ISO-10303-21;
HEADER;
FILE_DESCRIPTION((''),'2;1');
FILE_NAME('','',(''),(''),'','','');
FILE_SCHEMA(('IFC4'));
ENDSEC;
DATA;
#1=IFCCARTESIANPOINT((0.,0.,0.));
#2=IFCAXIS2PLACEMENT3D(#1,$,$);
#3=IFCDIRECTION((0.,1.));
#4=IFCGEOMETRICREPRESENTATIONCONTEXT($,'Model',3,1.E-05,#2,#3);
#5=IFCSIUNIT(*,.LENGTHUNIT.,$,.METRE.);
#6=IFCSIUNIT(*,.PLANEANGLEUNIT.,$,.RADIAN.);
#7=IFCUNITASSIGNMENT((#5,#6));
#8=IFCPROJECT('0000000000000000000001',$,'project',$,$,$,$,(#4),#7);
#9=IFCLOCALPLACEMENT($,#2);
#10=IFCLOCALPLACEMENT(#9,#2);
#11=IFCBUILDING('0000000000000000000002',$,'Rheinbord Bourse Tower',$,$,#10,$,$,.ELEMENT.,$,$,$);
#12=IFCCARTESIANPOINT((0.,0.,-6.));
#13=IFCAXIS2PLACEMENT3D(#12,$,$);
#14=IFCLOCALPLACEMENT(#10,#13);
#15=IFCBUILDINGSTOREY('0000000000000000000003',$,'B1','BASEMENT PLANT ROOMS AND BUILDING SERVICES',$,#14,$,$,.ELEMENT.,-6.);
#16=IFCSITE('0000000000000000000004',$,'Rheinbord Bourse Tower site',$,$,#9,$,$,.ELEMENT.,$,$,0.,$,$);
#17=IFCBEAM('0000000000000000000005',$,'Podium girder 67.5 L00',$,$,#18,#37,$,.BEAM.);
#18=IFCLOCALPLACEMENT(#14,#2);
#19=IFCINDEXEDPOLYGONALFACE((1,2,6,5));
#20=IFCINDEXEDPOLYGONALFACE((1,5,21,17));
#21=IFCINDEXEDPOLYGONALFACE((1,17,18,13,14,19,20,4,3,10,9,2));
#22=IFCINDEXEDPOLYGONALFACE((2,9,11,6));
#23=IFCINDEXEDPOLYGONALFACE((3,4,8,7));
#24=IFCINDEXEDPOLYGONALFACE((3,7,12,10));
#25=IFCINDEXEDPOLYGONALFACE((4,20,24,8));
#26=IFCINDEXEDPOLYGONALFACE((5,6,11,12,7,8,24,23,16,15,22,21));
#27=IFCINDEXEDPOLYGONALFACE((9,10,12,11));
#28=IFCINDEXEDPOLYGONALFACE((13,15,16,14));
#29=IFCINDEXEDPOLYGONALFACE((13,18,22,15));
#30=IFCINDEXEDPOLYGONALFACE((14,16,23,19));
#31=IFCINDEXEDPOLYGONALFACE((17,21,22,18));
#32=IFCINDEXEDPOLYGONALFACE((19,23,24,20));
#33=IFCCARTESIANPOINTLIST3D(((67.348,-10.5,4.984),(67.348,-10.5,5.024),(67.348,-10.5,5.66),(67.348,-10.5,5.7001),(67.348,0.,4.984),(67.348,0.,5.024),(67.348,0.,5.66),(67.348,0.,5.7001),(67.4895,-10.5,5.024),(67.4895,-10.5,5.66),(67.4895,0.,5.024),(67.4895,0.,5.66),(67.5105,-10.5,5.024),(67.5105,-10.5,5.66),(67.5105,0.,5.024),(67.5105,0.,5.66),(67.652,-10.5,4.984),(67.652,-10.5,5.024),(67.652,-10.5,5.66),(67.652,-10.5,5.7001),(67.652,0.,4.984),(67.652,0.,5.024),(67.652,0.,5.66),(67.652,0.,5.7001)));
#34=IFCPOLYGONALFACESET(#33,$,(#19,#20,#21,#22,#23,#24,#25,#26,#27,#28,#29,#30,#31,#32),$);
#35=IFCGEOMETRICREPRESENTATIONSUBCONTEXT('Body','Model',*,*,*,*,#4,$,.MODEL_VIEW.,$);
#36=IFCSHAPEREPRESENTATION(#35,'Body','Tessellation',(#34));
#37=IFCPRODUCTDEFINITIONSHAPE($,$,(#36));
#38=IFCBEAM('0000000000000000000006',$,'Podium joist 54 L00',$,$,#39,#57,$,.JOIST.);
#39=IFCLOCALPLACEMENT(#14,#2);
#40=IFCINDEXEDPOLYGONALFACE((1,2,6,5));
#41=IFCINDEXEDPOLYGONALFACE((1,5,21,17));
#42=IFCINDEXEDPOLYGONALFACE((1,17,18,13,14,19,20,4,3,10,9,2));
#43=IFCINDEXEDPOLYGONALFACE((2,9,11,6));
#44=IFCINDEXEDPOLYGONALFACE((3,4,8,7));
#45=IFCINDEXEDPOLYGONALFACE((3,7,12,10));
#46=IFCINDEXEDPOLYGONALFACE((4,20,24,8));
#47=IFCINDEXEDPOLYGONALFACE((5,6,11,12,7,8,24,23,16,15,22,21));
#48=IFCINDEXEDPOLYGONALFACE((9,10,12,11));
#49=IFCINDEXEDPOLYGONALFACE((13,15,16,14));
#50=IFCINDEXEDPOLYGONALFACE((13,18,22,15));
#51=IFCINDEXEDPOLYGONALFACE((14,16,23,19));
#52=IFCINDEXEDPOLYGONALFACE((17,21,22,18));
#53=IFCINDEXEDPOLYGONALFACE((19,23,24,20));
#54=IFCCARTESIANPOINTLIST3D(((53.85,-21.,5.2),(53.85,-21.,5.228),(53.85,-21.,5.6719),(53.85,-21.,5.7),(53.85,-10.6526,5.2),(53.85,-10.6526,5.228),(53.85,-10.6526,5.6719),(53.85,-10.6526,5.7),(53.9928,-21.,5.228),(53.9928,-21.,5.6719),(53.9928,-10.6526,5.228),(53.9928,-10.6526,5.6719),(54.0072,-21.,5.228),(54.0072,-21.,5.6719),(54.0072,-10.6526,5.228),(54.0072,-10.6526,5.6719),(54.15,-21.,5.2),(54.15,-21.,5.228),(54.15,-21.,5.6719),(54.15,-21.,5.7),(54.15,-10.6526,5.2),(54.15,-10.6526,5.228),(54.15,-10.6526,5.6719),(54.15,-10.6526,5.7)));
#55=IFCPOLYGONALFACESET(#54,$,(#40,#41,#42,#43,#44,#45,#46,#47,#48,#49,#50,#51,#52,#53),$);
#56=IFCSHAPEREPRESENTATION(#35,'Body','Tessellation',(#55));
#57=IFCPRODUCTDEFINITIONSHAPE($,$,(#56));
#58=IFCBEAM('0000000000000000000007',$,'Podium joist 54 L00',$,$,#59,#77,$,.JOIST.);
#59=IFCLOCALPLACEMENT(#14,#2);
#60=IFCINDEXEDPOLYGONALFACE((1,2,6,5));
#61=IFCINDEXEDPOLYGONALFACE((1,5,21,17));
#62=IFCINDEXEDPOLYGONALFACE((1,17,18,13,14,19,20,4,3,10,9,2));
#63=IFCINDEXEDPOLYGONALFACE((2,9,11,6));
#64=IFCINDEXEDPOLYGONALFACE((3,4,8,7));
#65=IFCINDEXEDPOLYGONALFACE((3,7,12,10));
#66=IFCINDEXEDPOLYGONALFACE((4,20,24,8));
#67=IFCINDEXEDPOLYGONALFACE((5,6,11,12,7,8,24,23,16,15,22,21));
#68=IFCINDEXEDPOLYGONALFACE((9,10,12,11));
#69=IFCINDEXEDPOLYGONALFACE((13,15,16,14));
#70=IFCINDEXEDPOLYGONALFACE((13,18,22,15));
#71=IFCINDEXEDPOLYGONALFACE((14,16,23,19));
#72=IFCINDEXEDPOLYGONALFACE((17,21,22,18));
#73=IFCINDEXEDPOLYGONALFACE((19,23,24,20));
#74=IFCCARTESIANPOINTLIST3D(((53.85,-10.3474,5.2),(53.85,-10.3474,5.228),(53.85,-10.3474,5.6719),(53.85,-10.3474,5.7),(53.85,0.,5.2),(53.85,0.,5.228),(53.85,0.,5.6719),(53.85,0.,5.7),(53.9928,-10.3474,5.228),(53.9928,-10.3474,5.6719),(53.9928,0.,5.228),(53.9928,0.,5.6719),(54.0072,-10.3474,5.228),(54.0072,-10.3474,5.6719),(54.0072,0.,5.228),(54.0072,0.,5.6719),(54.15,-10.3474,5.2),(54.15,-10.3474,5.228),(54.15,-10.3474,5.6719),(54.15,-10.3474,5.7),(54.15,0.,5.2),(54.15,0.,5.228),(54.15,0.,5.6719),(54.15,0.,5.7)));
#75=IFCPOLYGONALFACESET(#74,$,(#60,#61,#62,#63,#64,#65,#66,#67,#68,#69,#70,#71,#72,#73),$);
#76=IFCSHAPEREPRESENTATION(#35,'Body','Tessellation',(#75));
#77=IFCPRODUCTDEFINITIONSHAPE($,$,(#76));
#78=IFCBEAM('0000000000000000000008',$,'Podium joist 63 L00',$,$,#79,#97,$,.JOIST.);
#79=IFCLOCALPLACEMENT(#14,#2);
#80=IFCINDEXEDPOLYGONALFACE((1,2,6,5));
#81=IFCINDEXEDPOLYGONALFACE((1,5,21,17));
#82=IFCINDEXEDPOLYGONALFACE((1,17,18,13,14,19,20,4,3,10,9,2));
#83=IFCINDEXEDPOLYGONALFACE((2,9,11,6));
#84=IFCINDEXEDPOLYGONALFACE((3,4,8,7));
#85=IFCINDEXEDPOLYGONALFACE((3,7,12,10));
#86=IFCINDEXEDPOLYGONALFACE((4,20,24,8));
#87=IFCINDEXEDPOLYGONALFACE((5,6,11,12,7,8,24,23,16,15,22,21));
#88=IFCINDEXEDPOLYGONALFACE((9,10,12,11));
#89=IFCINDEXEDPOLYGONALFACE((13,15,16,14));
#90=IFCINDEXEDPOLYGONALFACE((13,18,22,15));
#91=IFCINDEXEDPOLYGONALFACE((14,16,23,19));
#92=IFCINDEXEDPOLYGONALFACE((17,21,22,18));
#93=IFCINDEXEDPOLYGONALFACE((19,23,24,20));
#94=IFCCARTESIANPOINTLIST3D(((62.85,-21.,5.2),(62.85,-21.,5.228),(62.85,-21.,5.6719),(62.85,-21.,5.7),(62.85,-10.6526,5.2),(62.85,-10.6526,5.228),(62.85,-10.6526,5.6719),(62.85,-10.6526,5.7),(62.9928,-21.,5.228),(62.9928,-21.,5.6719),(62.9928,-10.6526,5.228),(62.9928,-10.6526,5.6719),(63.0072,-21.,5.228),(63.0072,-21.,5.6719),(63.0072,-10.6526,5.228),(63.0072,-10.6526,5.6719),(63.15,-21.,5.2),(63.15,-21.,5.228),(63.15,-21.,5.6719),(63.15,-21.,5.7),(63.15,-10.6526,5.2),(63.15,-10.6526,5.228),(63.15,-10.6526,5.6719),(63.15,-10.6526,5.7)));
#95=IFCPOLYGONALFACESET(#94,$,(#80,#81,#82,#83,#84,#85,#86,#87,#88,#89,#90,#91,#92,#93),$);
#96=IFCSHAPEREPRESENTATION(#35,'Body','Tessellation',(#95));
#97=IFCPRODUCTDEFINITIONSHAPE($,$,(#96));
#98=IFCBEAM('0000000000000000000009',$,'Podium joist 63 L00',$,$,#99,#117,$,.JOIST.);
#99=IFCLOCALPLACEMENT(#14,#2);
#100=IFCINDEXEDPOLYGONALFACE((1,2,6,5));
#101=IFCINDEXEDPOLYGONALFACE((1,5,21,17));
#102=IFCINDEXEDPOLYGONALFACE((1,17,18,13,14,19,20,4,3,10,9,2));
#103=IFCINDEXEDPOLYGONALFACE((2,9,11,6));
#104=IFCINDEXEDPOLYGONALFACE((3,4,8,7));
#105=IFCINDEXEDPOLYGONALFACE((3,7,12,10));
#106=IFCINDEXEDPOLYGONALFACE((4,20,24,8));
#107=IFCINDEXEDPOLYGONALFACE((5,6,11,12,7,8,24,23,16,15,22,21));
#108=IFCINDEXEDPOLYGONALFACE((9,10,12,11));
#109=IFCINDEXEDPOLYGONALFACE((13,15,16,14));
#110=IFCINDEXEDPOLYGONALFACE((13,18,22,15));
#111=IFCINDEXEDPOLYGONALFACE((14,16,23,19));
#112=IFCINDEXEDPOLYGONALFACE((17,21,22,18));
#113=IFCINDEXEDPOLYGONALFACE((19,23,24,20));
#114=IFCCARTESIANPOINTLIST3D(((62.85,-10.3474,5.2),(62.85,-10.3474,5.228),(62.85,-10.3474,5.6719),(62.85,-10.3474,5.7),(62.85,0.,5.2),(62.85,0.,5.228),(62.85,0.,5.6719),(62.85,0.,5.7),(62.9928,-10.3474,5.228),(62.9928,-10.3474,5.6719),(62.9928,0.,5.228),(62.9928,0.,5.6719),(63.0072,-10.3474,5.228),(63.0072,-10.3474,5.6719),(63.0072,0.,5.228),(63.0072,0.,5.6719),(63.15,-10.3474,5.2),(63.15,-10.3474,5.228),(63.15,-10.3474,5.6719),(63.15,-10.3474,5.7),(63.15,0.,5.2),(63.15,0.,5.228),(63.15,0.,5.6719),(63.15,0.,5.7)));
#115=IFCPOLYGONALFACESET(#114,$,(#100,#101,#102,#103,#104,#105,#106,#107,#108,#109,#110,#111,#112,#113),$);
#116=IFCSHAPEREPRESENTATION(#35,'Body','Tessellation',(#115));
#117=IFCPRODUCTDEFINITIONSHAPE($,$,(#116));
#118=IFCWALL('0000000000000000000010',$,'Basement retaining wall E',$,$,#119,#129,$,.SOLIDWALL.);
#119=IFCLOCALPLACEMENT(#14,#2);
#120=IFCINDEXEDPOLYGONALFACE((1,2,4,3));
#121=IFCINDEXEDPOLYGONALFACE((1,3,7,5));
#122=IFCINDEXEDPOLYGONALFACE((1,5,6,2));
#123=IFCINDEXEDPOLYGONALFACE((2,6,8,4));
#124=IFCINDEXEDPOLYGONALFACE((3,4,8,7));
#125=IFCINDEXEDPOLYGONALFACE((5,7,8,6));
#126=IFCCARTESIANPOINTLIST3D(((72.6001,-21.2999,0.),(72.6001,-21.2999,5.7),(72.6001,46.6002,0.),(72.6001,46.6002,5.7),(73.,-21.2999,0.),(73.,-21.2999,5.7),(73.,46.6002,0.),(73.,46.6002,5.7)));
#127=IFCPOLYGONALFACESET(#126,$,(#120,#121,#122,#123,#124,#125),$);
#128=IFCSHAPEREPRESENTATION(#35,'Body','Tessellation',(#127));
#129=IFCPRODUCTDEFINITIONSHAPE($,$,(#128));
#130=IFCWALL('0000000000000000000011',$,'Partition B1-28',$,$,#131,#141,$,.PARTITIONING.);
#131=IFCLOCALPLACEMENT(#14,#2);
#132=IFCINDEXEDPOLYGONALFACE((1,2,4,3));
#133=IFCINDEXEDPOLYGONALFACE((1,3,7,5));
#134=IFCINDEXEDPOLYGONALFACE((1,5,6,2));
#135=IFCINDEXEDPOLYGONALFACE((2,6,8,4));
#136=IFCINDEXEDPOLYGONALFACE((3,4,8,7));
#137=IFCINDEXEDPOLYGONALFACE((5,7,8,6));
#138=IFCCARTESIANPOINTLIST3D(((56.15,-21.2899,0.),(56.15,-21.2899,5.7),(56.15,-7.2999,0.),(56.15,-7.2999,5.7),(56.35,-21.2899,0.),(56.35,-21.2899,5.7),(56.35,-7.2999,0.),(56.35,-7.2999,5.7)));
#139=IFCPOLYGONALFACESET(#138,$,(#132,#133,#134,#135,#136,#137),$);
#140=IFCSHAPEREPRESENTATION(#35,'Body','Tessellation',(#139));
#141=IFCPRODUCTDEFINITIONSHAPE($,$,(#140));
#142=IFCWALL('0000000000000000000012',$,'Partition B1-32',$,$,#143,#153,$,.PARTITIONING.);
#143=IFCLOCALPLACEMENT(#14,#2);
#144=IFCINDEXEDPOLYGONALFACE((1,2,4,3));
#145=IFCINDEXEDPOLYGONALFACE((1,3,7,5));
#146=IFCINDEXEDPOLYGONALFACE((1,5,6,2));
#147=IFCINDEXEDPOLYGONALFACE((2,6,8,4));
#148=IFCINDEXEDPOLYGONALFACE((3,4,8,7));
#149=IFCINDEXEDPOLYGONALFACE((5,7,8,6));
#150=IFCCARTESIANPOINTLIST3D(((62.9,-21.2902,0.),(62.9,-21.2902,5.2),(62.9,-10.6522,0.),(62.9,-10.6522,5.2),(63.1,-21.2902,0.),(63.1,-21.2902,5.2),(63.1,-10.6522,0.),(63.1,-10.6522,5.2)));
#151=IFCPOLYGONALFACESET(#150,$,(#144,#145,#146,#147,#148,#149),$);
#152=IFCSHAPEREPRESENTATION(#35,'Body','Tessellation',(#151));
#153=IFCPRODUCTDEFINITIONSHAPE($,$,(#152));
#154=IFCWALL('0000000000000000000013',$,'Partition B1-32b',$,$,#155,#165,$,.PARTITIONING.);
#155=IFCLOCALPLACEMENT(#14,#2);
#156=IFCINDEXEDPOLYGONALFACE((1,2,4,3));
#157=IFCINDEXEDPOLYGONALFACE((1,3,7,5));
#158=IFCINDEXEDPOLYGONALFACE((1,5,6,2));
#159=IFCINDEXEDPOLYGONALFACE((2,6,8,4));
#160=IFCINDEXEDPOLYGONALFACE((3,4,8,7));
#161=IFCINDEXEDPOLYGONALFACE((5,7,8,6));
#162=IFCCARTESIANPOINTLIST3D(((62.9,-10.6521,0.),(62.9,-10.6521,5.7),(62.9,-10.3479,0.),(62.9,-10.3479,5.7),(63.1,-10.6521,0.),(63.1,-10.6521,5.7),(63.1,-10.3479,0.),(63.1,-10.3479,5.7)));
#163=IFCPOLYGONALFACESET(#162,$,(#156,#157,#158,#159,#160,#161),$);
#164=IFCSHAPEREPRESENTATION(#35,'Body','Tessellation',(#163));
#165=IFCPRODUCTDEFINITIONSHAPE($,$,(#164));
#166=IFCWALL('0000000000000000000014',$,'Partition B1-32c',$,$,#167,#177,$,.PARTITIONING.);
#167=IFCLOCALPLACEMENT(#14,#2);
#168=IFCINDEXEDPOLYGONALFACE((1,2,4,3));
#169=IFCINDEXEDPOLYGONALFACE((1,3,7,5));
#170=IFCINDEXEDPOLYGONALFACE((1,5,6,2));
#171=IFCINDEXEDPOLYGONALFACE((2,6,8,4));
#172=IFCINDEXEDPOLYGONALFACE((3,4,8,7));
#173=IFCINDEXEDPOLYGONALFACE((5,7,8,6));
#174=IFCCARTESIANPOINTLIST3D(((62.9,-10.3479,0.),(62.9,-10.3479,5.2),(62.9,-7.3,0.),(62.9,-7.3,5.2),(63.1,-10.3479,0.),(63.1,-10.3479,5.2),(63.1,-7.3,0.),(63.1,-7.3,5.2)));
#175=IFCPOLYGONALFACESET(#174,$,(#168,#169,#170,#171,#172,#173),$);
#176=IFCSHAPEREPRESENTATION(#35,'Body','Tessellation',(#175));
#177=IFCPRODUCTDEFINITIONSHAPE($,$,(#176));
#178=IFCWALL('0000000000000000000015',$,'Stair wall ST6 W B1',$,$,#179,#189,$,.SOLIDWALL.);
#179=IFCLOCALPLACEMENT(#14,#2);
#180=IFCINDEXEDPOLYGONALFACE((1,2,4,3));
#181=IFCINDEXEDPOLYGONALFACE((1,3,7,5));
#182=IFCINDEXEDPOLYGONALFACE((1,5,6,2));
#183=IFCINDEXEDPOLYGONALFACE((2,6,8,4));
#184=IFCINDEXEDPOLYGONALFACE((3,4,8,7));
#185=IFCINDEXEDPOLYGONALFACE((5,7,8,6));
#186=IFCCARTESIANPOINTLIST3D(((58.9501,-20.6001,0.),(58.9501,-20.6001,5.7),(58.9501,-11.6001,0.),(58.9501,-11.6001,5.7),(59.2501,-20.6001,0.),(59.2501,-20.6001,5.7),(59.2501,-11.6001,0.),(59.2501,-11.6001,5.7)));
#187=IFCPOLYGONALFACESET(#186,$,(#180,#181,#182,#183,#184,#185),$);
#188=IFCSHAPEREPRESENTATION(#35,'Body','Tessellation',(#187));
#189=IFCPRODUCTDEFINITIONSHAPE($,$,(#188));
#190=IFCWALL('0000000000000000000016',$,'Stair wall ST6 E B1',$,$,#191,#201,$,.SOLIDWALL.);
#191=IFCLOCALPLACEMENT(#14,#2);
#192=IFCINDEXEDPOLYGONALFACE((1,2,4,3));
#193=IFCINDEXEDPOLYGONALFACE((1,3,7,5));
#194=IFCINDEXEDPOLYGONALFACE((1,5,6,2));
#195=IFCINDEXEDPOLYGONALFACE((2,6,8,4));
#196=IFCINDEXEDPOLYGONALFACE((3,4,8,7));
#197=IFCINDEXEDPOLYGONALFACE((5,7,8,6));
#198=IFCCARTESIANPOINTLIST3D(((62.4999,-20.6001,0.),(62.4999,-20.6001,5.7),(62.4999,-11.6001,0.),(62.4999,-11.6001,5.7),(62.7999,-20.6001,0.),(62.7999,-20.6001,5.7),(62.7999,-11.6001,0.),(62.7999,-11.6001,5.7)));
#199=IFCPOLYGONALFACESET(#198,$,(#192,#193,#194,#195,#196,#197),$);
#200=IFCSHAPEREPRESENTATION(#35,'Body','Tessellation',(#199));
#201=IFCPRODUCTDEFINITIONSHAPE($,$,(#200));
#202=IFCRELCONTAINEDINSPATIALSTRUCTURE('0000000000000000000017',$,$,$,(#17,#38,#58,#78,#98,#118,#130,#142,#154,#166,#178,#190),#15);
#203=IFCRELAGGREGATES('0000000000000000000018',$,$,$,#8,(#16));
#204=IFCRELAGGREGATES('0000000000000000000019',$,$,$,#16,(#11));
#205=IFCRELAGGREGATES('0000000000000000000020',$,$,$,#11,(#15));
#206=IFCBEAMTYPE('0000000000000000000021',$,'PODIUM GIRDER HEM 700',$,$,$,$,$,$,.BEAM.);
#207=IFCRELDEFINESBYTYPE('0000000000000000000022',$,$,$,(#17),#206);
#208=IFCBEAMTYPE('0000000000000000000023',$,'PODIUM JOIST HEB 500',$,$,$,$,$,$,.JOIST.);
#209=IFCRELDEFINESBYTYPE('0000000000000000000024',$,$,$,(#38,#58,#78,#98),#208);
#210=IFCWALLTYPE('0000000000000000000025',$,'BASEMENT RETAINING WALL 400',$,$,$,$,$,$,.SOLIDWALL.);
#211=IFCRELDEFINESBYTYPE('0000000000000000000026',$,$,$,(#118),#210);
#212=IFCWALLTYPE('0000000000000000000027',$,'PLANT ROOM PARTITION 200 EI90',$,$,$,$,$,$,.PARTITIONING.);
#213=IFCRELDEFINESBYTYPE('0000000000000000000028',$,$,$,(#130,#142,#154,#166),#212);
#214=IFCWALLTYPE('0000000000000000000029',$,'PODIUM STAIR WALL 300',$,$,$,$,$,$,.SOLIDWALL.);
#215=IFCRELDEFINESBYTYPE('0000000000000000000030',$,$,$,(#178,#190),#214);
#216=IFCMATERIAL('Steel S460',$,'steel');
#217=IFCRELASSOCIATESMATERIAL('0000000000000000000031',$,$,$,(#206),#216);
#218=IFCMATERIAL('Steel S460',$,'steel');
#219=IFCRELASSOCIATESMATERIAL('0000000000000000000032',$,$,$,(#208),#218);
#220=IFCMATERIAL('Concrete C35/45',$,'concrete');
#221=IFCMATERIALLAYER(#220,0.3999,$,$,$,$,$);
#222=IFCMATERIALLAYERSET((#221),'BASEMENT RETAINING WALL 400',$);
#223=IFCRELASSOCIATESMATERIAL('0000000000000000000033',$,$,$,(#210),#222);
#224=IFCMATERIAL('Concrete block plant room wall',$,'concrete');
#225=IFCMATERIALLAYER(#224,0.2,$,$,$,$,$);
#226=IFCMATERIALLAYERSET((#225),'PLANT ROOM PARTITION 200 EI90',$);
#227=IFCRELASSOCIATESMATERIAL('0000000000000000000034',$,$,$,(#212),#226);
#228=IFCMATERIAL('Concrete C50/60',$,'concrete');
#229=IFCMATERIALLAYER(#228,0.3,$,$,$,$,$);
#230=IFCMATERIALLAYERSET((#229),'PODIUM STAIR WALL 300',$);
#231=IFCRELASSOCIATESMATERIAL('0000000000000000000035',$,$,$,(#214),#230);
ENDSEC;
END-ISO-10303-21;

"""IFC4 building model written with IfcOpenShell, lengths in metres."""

from ifc_helpers import new_model, si_unit, direction, frame, frame_2d, origin, origin_2d, place, context, subcontext, project, spatial, rectangle, i_section, extrude, material, layer, layer_set, material_profile, profile_set, type_object, element, save


model = new_model("IFC4")

# Units and contexts
model_context = context("Model", 3, precision=1e-05, world=origin(), true_north=direction((0.0, 1.0)))
body_context = subcontext(model_context, "Body", "Model", "MODEL_VIEW")
ifc_project = project(units=[si_unit("LENGTHUNIT", "METRE"), si_unit("PLANEANGLEUNIT", "RADIAN")], contexts=[model_context])

# Site, building, storey
site_placement = place(None, origin())
site = spatial("IfcSite", under=ifc_project, at=site_placement, Name="Rheinbord Bourse Tower site", CompositionType="ELEMENT", RefElevation=0.0)
building_placement = place(site_placement, origin())
building = spatial("IfcBuilding", under=site, at=building_placement, Name="Rheinbord Bourse Tower", CompositionType="ELEMENT")
storey_placement = place(building_placement, frame((0.0, 0.0, -6.0)))
storey = spatial("IfcBuildingStorey", under=building, at=storey_placement, Name="B1", Description="BASEMENT PLANT ROOMS AND BUILDING SERVICES", CompositionType="ELEMENT", Elevation=-6.0)

# Beams
ifc_material_1 = material(Name="Steel S460", Category="steel")
ifc_material_profile_1 = material_profile(ifc_material_1, i_section(OverallWidth=0.304, OverallDepth=0.7161, WebThickness=0.021, FlangeThickness=0.04, at=origin_2d()), Name="HEM 700")
ifc_profile_set_1 = profile_set([ifc_material_profile_1], Name="Steel S460")
beam_type_1 = type_object("IfcBeamType", Name="PODIUM GIRDER HEM 700", PredefinedType="BEAM", material=ifc_profile_set_1)
for number, where, z_axis, x_axis, name in (
    (1, (67.5, -10.5, 5.342), (0.0, 1.0, 0.0), (-1.0, 0.0, 0.0), "Podium girder 67.5 L00"),
):
    element("IfcBeam", number, at=place(storey_placement, frame(where, z_axis=z_axis, x_axis=x_axis)), inside=storey, type_object=beam_type_1, Name=name, PredefinedType="BEAM", context=body_context, shape_type="SweptSolid", body=[
        extrude(i_section(OverallWidth=0.304, OverallDepth=0.7161, WebThickness=0.021, FlangeThickness=0.04, at=origin_2d()), origin(), (0.0, 0.0, 1.0), 10.5),
    ])
ifc_material_2 = material(Name="Steel S460", Category="steel")
ifc_material_profile_2 = material_profile(ifc_material_2, i_section(OverallWidth=0.3, OverallDepth=0.5, WebThickness=0.0144, FlangeThickness=0.0281, at=origin_2d()), Name="HEB 500")
ifc_profile_set_2 = profile_set([ifc_material_profile_2], Name="Steel S460")
beam_type_2 = type_object("IfcBeamType", Name="PODIUM JOIST HEB 500", PredefinedType="JOIST", material=ifc_profile_set_2)
for number, where, z_axis, x_axis, name in (
    (2, (54.0, -21.0, 5.45), (0.0, 1.0, 0.0), (-1.0, 0.0, 0.0), "Podium joist 54 L00"),
    (3, (54.0, -10.3474, 5.45), (0.0, 1.0, 0.0), (-1.0, 0.0, 0.0), "Podium joist 54 L00"),
    (4, (63.0, -21.0, 5.45), (0.0, 1.0, 0.0), (-1.0, 0.0, 0.0), "Podium joist 63 L00"),
    (5, (63.0, -10.3474, 5.45), (0.0, 1.0, 0.0), (-1.0, 0.0, 0.0), "Podium joist 63 L00"),
):
    element("IfcBeam", number, at=place(storey_placement, frame(where, z_axis=z_axis, x_axis=x_axis)), inside=storey, type_object=beam_type_2, Name=name, PredefinedType="JOIST", context=body_context, shape_type="SweptSolid", body=[
        extrude(i_section(OverallWidth=0.3, OverallDepth=0.5, WebThickness=0.0144, FlangeThickness=0.0281, at=origin_2d()), origin(), (0.0, 0.0, 1.0), 10.3474),
    ])

# Walls
ifc_material_3 = material(Name="Concrete C35/45", Category="concrete")
ifc_layer_1 = layer(ifc_material_3, 0.3999)
ifc_layer_set_1 = layer_set([ifc_layer_1], Name="BASEMENT RETAINING WALL 400")
wall_type_1 = type_object("IfcWallType", Name="BASEMENT RETAINING WALL 400", PredefinedType="SOLIDWALL", material=ifc_layer_set_1)
wall_1_placement = place(storey_placement, frame((72.8, -21.3, 0.0), z_axis=(0.0, 0.0, 1.0), x_axis=(0.0, 1.0, 0.0)))
element("IfcWall", 6, at=wall_1_placement, inside=storey, type_object=wall_type_1, Name="Basement retaining wall E", PredefinedType="SOLIDWALL", context=body_context, shape_type="SweptSolid", body=[
    extrude(rectangle(XDim=67.9001, YDim=0.3999, at=frame_2d((33.9502, 0.0))), origin(), (0.0, 0.0, 1.0), 5.7),
])
ifc_material_4 = material(Name="Concrete block plant room wall", Category="concrete")
ifc_layer_2 = layer(ifc_material_4, 0.2)
ifc_layer_set_2 = layer_set([ifc_layer_2], Name="PLANT ROOM PARTITION 200 EI90")
wall_type_2 = type_object("IfcWallType", Name="PLANT ROOM PARTITION 200 EI90", PredefinedType="PARTITIONING", material=ifc_layer_set_2)
wall_2_placement = place(storey_placement, frame((56.25, -21.29, 0.0), z_axis=(0.0, 0.0, 1.0), x_axis=(0.0, 1.0, 0.0)))
element("IfcWall", 7, at=wall_2_placement, inside=storey, type_object=wall_type_2, Name="Partition B1-28", PredefinedType="PARTITIONING", context=body_context, shape_type="SweptSolid", body=[
    extrude(rectangle(XDim=13.99, YDim=0.2, at=frame_2d((6.9951, 0.0))), origin(), (0.0, 0.0, 1.0), 5.7),
])
wall_3_placement = place(storey_placement, frame((63.0, -21.29, 0.0), z_axis=(0.0, 0.0, 1.0), x_axis=(0.0, 1.0, 0.0)))
element("IfcWall", 8, at=wall_3_placement, inside=storey, type_object=wall_type_2, Name="Partition B1-32", PredefinedType="PARTITIONING", context=body_context, shape_type="SweptSolid", body=[
    extrude(rectangle(XDim=10.6379, YDim=0.2, at=frame_2d((5.3188, 0.0))), origin(), (0.0, 0.0, 1.0), 5.2),
])
wall_4_placement = place(storey_placement, frame((63.0, -10.6521, 0.0), z_axis=(0.0, 0.0, 1.0), x_axis=(0.0, 1.0, 0.0)))
element("IfcWall", 9, at=wall_4_placement, inside=storey, type_object=wall_type_2, Name="Partition B1-32b", PredefinedType="PARTITIONING", context=body_context, shape_type="SweptSolid", body=[
    extrude(rectangle(XDim=0.3042, YDim=0.2, at=frame_2d((0.1521, 0.0))), origin(), (0.0, 0.0, 1.0), 5.7),
])
wall_5_placement = place(storey_placement, frame((63.0, -10.3479, 0.0), z_axis=(0.0, 0.0, 1.0), x_axis=(0.0, 1.0, 0.0)))
element("IfcWall", 10, at=wall_5_placement, inside=storey, type_object=wall_type_2, Name="Partition B1-32c", PredefinedType="PARTITIONING", context=body_context, shape_type="SweptSolid", body=[
    extrude(rectangle(XDim=3.0479, YDim=0.2, at=frame_2d((1.5239, 0.0))), origin(), (0.0, 0.0, 1.0), 5.2),
])
ifc_material_5 = material(Name="Concrete C50/60", Category="concrete")
ifc_layer_3 = layer(ifc_material_5, 0.3)
ifc_layer_set_3 = layer_set([ifc_layer_3], Name="PODIUM STAIR WALL 300")
wall_type_3 = type_object("IfcWallType", Name="PODIUM STAIR WALL 300", PredefinedType="SOLIDWALL", material=ifc_layer_set_3)
for number, where, z_axis, x_axis, name in (
    (11, (59.1001, -20.6001, 0.0), (0.0, 0.0, 1.0), (0.0, 1.0, 0.0), "Stair wall ST6 W B1"),
    (12, (62.6499, -20.6001, 0.0), (0.0, 0.0, 1.0), (0.0, 1.0, 0.0), "Stair wall ST6 E B1"),
):
    element("IfcWall", number, at=place(storey_placement, frame(where, z_axis=z_axis, x_axis=x_axis)), inside=storey, type_object=wall_type_3, Name=name, PredefinedType="SOLIDWALL", context=body_context, shape_type="SweptSolid", body=[
        extrude(rectangle(XDim=9.0, YDim=0.3, at=frame_2d((4.5, 0.0))), origin(), (0.0, 0.0, 1.0), 5.7),
    ])

save(model, "model.ifc")
